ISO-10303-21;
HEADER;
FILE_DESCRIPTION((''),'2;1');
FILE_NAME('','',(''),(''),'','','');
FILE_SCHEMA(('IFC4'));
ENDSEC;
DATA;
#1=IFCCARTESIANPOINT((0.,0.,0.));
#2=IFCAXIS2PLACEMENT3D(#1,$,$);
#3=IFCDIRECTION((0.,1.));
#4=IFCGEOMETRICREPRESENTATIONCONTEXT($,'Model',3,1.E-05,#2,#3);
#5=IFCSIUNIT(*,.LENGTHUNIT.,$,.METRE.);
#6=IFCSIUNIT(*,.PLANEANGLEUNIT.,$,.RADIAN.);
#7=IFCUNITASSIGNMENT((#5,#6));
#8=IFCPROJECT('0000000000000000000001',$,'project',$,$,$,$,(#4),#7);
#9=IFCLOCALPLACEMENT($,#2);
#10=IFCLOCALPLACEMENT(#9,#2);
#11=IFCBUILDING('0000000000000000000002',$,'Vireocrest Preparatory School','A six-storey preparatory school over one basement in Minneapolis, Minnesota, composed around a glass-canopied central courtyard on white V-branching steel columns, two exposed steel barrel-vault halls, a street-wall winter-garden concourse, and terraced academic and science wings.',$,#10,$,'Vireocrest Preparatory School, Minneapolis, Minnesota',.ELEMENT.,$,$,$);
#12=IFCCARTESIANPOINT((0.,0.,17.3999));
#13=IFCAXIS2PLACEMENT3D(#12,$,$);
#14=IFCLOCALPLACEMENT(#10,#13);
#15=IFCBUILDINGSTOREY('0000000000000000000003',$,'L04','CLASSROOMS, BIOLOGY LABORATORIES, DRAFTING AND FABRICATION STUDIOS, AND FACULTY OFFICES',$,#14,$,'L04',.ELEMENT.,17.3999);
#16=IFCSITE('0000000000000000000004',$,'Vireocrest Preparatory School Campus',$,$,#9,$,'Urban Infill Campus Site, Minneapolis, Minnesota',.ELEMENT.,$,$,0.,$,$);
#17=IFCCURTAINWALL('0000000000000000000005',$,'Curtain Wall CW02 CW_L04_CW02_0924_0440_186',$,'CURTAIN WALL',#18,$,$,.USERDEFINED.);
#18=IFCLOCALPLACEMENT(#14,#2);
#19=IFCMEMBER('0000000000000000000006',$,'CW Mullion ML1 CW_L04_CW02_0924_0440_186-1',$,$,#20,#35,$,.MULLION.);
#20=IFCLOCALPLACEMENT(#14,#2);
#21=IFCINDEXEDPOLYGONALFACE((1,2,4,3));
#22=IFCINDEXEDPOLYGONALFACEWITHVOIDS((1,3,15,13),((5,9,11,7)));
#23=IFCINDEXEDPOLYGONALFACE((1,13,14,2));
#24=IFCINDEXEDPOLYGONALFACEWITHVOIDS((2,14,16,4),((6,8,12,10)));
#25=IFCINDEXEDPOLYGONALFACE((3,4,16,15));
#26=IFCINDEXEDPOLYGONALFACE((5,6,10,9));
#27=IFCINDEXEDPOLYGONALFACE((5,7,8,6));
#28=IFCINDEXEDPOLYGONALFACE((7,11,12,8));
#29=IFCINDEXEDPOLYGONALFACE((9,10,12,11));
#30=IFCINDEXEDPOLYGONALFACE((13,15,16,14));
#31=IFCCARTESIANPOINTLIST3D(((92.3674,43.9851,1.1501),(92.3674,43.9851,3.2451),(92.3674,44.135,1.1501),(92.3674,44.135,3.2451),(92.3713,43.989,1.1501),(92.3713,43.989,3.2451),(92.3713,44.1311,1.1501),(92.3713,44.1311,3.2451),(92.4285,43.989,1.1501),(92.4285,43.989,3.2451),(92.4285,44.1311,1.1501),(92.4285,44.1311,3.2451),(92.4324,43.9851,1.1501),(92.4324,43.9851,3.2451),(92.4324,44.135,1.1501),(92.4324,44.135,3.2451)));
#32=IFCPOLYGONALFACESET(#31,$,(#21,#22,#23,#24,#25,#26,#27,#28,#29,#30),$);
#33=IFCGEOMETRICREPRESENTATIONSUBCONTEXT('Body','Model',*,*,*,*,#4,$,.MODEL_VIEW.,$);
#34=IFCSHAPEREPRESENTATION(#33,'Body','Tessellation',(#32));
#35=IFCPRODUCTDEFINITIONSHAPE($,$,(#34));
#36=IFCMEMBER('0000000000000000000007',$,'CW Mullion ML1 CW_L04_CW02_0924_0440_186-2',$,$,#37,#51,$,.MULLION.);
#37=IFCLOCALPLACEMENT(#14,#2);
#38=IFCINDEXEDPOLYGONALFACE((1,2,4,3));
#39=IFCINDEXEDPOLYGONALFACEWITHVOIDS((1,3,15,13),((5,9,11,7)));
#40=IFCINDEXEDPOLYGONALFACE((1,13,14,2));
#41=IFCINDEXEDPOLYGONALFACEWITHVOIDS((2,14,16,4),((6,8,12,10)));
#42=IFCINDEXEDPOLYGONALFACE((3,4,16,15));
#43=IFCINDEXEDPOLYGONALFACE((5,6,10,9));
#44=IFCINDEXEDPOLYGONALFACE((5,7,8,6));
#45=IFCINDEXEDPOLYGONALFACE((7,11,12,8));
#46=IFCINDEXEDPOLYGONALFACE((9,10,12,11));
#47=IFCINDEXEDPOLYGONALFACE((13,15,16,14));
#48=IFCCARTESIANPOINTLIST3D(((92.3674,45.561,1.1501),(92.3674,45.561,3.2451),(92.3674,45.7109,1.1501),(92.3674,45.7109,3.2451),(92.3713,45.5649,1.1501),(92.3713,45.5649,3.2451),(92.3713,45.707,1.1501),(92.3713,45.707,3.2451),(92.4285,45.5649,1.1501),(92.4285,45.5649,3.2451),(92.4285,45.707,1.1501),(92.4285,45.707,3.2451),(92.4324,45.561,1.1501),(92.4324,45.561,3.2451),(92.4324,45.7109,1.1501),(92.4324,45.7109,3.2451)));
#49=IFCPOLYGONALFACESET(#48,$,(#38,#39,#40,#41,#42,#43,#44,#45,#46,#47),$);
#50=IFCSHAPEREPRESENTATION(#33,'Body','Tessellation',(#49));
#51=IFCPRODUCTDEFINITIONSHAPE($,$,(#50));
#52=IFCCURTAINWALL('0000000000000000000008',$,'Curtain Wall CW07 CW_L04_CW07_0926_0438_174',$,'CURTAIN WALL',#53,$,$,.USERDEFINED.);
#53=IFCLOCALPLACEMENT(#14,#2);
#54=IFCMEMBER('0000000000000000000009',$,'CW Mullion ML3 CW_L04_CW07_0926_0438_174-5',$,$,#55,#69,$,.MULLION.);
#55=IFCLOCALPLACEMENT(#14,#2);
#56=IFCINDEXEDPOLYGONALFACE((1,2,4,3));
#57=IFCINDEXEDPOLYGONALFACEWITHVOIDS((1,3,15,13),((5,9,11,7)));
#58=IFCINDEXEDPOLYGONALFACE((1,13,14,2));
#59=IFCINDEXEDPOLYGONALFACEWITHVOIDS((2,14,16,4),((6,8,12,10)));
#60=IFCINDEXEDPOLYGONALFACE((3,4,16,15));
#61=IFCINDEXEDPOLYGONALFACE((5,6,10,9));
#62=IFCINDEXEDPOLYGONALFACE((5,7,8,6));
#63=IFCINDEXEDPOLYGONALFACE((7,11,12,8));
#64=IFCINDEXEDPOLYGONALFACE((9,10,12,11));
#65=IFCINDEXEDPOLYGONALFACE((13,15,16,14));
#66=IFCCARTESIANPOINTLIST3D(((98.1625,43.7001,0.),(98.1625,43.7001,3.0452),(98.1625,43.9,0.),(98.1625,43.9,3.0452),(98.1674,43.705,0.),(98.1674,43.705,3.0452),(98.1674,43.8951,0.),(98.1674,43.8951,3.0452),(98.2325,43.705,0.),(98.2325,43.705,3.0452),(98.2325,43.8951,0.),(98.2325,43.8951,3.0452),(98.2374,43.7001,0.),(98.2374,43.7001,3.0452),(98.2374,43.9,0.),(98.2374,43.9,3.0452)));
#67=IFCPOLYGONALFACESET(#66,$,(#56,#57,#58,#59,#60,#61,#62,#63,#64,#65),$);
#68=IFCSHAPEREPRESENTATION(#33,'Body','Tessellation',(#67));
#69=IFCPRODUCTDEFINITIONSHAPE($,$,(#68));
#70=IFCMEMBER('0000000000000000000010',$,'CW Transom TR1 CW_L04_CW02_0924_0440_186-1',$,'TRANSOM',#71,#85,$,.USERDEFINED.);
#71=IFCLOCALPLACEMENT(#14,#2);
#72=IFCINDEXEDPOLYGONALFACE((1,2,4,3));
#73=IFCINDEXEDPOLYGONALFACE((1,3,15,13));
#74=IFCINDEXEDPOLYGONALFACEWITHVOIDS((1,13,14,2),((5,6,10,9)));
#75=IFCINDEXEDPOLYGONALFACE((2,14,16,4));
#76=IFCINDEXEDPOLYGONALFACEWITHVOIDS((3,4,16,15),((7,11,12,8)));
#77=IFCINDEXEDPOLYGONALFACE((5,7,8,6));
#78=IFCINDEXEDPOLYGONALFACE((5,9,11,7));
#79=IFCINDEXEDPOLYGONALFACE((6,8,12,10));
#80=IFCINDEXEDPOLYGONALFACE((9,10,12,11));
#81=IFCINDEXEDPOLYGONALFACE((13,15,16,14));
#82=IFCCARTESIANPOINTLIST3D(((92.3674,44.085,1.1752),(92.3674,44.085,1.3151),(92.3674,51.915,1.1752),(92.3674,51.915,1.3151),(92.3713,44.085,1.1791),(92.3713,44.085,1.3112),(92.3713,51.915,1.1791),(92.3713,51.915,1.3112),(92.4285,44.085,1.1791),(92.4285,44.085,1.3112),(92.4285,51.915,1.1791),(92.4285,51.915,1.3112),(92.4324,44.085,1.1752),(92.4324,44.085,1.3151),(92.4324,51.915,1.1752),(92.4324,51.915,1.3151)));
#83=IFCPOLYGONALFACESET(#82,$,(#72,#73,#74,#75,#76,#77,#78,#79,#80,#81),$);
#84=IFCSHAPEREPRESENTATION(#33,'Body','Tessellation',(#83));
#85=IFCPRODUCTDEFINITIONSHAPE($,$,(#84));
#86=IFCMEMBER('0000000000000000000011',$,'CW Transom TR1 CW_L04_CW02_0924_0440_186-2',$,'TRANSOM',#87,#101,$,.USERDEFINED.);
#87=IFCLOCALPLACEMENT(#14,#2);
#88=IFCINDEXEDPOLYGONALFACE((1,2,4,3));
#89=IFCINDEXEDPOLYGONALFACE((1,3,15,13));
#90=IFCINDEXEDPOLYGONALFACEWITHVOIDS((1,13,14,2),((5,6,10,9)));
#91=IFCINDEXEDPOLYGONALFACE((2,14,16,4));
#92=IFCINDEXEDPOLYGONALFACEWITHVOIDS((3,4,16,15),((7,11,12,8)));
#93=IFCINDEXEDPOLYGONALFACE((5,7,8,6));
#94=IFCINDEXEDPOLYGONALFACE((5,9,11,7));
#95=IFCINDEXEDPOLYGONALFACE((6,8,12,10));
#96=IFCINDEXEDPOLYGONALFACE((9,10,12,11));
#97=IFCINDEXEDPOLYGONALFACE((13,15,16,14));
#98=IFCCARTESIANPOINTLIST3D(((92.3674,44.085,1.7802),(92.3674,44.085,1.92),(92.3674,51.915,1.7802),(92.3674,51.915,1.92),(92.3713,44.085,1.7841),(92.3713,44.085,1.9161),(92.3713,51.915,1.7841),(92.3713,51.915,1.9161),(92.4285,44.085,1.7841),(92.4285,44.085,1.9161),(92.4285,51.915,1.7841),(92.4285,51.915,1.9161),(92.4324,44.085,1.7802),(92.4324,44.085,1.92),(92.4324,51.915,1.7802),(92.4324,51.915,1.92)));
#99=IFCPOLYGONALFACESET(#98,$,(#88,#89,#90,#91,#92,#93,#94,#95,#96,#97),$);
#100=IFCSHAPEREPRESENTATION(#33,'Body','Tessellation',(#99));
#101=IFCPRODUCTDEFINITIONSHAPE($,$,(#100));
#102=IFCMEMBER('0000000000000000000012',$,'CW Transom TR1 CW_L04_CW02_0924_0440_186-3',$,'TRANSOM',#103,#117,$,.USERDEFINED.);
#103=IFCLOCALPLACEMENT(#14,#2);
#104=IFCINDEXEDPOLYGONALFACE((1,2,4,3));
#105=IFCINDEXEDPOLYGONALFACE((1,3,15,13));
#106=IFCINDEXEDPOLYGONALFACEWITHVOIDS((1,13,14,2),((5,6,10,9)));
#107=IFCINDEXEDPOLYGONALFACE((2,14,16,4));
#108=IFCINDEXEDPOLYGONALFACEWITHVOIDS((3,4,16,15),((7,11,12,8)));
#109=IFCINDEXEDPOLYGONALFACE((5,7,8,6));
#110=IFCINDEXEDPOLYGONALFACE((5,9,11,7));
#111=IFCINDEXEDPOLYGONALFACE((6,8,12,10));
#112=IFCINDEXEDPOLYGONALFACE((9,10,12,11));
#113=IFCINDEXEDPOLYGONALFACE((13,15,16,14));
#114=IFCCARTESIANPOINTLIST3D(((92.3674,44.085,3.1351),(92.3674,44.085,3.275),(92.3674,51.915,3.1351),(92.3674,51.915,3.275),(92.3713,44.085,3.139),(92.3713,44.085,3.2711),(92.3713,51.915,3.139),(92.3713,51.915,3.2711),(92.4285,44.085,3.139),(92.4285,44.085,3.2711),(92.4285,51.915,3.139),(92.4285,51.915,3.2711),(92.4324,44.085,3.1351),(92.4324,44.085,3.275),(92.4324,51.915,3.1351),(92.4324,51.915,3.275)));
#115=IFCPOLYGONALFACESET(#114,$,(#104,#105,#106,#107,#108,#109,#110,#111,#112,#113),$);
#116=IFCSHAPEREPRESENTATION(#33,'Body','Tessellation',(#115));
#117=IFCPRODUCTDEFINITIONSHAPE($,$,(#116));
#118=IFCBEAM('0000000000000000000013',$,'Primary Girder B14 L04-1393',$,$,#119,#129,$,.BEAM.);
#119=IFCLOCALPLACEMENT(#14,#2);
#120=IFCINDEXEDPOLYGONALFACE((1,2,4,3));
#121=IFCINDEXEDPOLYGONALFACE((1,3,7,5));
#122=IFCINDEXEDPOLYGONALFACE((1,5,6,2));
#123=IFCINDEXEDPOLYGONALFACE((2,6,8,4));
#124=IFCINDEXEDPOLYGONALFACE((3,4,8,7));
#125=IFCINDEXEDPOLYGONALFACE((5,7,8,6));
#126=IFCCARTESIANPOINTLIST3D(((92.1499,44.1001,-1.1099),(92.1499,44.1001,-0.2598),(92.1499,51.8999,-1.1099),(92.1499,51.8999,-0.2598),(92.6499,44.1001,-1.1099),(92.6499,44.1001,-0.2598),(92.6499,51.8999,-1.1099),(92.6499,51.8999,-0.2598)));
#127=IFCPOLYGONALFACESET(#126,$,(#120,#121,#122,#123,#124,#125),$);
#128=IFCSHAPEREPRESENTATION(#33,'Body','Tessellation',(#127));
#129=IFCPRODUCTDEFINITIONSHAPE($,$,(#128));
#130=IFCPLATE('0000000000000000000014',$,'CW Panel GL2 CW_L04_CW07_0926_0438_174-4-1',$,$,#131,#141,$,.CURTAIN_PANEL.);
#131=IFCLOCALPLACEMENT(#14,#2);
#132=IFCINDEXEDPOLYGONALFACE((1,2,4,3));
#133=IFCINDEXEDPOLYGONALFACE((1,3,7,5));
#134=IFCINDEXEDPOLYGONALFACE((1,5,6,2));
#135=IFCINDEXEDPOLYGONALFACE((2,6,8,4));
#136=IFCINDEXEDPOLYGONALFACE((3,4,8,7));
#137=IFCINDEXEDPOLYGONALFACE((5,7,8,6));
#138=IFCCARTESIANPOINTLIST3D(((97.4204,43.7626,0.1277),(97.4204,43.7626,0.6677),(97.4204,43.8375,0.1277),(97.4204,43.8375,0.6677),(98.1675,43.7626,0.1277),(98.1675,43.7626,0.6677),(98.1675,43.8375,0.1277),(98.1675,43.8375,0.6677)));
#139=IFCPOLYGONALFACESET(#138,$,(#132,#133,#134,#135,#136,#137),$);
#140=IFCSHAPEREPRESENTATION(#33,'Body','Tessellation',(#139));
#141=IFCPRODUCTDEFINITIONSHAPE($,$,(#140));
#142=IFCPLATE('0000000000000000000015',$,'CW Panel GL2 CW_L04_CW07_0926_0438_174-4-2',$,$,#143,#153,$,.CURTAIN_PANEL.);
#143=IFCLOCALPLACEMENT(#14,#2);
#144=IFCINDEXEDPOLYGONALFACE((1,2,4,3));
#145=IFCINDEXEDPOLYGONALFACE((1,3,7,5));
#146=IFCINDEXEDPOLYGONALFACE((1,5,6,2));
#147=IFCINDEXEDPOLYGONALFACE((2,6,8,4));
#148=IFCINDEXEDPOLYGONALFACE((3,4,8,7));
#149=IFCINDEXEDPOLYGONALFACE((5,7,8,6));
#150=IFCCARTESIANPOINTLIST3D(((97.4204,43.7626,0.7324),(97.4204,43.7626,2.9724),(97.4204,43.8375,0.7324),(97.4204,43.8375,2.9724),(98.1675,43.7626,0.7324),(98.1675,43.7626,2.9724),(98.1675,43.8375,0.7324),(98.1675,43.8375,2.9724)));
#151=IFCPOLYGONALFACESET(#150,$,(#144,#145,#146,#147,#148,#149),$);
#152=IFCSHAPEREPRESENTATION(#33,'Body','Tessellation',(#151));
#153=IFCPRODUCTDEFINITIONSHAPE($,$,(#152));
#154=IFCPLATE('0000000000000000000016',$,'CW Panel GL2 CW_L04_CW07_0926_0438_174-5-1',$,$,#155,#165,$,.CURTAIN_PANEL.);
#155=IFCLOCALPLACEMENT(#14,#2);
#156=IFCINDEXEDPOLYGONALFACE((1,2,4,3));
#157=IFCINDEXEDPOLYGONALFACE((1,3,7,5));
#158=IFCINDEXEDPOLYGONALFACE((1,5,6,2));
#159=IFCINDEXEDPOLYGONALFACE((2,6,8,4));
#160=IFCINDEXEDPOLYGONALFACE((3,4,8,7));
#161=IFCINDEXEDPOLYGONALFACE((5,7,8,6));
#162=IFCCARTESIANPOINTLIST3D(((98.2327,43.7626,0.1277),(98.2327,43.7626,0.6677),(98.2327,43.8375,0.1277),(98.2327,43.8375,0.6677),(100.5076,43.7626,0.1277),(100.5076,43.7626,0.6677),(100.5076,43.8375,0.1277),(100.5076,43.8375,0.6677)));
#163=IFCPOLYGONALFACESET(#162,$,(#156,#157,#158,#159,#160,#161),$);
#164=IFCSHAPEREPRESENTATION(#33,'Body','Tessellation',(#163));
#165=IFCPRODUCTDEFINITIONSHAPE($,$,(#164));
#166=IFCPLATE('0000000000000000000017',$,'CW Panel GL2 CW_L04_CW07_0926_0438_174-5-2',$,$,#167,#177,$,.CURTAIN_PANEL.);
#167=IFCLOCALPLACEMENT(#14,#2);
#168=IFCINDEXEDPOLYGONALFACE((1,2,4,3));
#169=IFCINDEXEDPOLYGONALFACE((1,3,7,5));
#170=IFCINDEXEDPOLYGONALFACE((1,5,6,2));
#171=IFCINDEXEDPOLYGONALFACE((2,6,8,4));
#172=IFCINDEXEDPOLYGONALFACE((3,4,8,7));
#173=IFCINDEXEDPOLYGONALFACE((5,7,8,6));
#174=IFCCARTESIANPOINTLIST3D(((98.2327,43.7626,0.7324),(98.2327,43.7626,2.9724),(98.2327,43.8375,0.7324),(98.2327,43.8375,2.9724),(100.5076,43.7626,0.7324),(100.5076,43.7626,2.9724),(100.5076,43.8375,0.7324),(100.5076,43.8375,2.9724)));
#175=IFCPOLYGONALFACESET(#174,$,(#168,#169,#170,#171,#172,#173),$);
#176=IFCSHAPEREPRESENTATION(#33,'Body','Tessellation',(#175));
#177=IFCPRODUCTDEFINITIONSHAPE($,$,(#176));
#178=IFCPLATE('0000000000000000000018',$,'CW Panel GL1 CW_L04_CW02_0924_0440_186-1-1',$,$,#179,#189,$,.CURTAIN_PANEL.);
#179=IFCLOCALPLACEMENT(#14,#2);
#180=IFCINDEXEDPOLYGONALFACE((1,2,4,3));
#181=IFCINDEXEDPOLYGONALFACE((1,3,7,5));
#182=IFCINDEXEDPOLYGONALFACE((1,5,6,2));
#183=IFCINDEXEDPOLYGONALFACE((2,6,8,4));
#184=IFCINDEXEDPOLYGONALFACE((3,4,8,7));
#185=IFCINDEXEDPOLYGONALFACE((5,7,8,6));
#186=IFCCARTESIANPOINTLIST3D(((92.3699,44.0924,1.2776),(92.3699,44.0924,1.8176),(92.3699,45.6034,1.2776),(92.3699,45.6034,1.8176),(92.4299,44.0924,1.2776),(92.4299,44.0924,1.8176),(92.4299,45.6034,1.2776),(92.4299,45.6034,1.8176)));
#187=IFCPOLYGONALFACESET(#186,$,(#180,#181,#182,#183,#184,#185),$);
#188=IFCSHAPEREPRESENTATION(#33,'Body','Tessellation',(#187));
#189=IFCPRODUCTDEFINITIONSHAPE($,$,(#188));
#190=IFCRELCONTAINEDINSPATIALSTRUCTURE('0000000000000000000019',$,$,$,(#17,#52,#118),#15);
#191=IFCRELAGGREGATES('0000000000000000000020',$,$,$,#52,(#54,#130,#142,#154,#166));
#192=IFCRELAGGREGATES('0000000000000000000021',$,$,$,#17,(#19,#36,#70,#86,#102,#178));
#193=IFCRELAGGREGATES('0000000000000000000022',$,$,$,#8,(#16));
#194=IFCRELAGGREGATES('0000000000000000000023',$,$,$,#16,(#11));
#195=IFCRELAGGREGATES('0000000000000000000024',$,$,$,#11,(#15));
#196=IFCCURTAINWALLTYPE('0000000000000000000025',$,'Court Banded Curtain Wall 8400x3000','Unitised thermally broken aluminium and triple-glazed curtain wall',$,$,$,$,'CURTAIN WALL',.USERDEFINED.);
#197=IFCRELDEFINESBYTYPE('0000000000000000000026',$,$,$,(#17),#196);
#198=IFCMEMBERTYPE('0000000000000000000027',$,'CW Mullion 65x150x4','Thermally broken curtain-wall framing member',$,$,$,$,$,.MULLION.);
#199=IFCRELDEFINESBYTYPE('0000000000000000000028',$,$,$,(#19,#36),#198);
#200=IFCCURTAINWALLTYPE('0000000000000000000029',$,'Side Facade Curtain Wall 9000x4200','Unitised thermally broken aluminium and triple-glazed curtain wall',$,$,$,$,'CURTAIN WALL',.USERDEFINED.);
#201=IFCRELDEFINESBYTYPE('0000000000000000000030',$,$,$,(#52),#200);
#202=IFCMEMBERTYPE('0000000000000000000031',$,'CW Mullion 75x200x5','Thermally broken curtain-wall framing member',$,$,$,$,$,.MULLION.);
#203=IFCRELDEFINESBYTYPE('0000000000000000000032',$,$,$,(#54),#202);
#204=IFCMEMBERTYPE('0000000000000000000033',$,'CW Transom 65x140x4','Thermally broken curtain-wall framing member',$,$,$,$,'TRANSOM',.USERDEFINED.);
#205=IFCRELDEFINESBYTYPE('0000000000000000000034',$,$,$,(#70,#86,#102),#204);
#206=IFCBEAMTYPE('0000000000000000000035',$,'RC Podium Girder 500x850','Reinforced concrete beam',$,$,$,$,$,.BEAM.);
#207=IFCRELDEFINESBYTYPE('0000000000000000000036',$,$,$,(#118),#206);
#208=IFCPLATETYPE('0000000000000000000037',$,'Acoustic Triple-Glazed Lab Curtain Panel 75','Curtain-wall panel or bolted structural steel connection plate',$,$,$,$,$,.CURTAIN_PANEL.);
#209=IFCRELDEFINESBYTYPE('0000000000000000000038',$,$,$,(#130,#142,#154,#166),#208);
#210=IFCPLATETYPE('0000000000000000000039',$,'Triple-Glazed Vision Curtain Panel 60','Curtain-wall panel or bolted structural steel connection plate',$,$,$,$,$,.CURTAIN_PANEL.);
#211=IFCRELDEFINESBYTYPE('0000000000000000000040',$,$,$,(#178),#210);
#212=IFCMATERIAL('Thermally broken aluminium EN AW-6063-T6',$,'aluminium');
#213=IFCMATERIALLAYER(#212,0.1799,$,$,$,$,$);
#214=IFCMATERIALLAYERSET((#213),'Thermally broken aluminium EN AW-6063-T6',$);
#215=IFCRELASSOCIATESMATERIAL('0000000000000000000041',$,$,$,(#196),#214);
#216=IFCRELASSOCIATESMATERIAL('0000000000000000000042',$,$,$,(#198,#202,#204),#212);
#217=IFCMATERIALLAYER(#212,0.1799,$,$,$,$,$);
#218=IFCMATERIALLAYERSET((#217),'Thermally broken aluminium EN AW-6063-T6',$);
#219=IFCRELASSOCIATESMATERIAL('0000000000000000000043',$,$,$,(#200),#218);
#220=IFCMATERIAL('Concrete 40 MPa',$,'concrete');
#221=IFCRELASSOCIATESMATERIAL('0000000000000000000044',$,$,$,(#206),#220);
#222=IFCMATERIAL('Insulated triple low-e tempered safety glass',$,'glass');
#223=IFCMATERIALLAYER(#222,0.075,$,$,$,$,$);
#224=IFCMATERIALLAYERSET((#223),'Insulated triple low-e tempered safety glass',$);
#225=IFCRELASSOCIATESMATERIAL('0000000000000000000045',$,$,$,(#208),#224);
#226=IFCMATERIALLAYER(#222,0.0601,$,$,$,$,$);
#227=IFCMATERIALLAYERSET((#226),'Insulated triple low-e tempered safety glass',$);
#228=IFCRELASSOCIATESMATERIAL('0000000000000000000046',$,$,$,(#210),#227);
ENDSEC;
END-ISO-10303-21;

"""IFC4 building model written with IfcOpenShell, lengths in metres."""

from ifc_helpers import new_model, si_unit, direction, frame, origin, origin_2d, place, context, subcontext, project, spatial, rectangle, hollow_rectangle, extrude, material, layer, layer_set, material_profile, profile_set, type_object, element, aggregate, save


model = new_model("IFC4")

# Units and contexts
model_context = context("Model", 3, precision=1e-05, world=origin(), true_north=direction((0.0, 1.0)))
body_context = subcontext(model_context, "Body", "Model", "MODEL_VIEW")
ifc_project = project(units=[si_unit("LENGTHUNIT", "METRE"), si_unit("PLANEANGLEUNIT", "RADIAN")], contexts=[model_context])

# Site, building, storey
site_placement = place(None, origin())
site = spatial("IfcSite", under=ifc_project, at=site_placement, Name="Vireocrest Preparatory School Campus", LongName="Urban Infill Campus Site, Minneapolis, Minnesota", CompositionType="ELEMENT", RefElevation=0.0)
building_placement = place(site_placement, origin())
building = spatial("IfcBuilding", under=site, at=building_placement, Name="Vireocrest Preparatory School", Description="A six-storey preparatory school over one basement in Minneapolis, Minnesota, composed around a glass-canopied central courtyard on white V-branching steel columns, two exposed steel barrel-vault halls, a street-wall winter-garden concourse, and terraced academic and science wings.", LongName="Vireocrest Preparatory School, Minneapolis, Minnesota", CompositionType="ELEMENT")
storey_placement = place(building_placement, frame((0.0, 0.0, 17.3999)))
storey = spatial("IfcBuildingStorey", under=building, at=storey_placement, Name="L04", Description="CLASSROOMS, BIOLOGY LABORATORIES, DRAFTING AND FABRICATION STUDIOS, AND FACULTY OFFICES", LongName="L04", CompositionType="ELEMENT", Elevation=17.3999)

# Curtain wall, members
ifc_material_1 = material(Name="Thermally broken aluminium EN AW-6063-T6", Category="aluminium")
ifc_layer_1 = layer(ifc_material_1, 0.1799)
ifc_layer_set_1 = layer_set([ifc_layer_1], Name="Thermally broken aluminium EN AW-6063-T6")
curtain_wall_type_1 = type_object("IfcCurtainWallType", Name="Court Banded Curtain Wall 8400x3000", Description="Unitised thermally broken aluminium and triple-glazed curtain wall", ElementType="CURTAIN WALL", PredefinedType="USERDEFINED", material=ifc_layer_set_1)
curtain_wall_1_placement = place(storey_placement, origin())
curtain_wall_1 = element("IfcCurtainWall", 1, at=curtain_wall_1_placement, inside=storey, type_object=curtain_wall_type_1, Name="Curtain Wall CW02 CW_L04_CW02_0924_0440_186", ObjectType="CURTAIN WALL", PredefinedType="USERDEFINED")
ifc_material_profile_1 = material_profile(ifc_material_1, hollow_rectangle(XDim=0.0649, YDim=0.1499, WallThickness=0.0039, at=origin_2d()), Name="ALU 65x150x4")
ifc_profile_set_1 = profile_set([ifc_material_profile_1], Name="Thermally broken aluminium EN AW-6063-T6")
member_type_1 = type_object("IfcMemberType", Name="CW Mullion 65x150x4", Description="Thermally broken curtain-wall framing member", PredefinedType="MULLION", material=ifc_profile_set_1)
member_1_placement = place(storey_placement, frame((92.3999, 44.0601, 1.1501), z_axis=(0.0, 0.0, 1.0), x_axis=(1.0, 0.0, 0.0)))
member_1 = element("IfcMember", 2, at=member_1_placement, type_object=member_type_1, Name="CW Mullion ML1 CW_L04_CW02_0924_0440_186-1", PredefinedType="MULLION", context=body_context, shape_type="SweptSolid", body=[
    extrude(hollow_rectangle(XDim=0.0649, YDim=0.1499, WallThickness=0.0039, at=origin_2d()), origin(), (0.0, 0.0, 1.0), 2.095),
])
member_2_placement = place(storey_placement, frame((92.3999, 45.636, 1.1501), z_axis=(0.0, 0.0, 1.0), x_axis=(1.0, 0.0, 0.0)))
member_2 = element("IfcMember", 3, at=member_2_placement, type_object=member_type_1, Name="CW Mullion ML1 CW_L04_CW02_0924_0440_186-2", PredefinedType="MULLION", context=body_context, shape_type="SweptSolid", body=[
    extrude(hollow_rectangle(XDim=0.0649, YDim=0.1499, WallThickness=0.0039, at=origin_2d()), origin(), (0.0, 0.0, 1.0), 2.095),
])

# Curtain wall, member
ifc_layer_2 = layer(ifc_material_1, 0.1799)
ifc_layer_set_2 = layer_set([ifc_layer_2], Name="Thermally broken aluminium EN AW-6063-T6")
curtain_wall_type_2 = type_object("IfcCurtainWallType", Name="Side Facade Curtain Wall 9000x4200", Description="Unitised thermally broken aluminium and triple-glazed curtain wall", ElementType="CURTAIN WALL", PredefinedType="USERDEFINED", material=ifc_layer_set_2)
curtain_wall_2_placement = place(storey_placement, origin())
curtain_wall_2 = element("IfcCurtainWall", 4, at=curtain_wall_2_placement, inside=storey, type_object=curtain_wall_type_2, Name="Curtain Wall CW07 CW_L04_CW07_0926_0438_174", ObjectType="CURTAIN WALL", PredefinedType="USERDEFINED")
ifc_material_profile_2 = material_profile(ifc_material_1, hollow_rectangle(XDim=0.075, YDim=0.2, WallThickness=0.0049, at=origin_2d()), Name="ALU 75x200x5")
ifc_profile_set_2 = profile_set([ifc_material_profile_2], Name="Thermally broken aluminium EN AW-6063-T6")
member_type_2 = type_object("IfcMemberType", Name="CW Mullion 75x200x5", Description="Thermally broken curtain-wall framing member", PredefinedType="MULLION", material=ifc_profile_set_2)
member_3_placement = place(storey_placement, frame((98.2, 43.8, 0.0), z_axis=(0.0, 0.0, 1.0), x_axis=(1.0, 0.0, 0.0)))
member_3 = element("IfcMember", 5, at=member_3_placement, type_object=member_type_2, Name="CW Mullion ML3 CW_L04_CW07_0926_0438_174-5", PredefinedType="MULLION", context=body_context, shape_type="SweptSolid", body=[
    extrude(hollow_rectangle(XDim=0.075, YDim=0.2, WallThickness=0.0049, at=origin_2d()), origin(), (0.0, 0.0, 1.0), 3.0452),
])

# Members
ifc_material_profile_3 = material_profile(ifc_material_1, hollow_rectangle(XDim=0.0649, YDim=0.1399, WallThickness=0.0039, at=origin_2d()), Name="ALU 65x140x4")
ifc_profile_set_3 = profile_set([ifc_material_profile_3], Name="Thermally broken aluminium EN AW-6063-T6")
member_type_3 = type_object("IfcMemberType", Name="CW Transom 65x140x4", Description="Thermally broken curtain-wall framing member", ElementType="TRANSOM", PredefinedType="USERDEFINED", material=ifc_profile_set_3)
member_4_placement = place(storey_placement, frame((92.3999, 44.085, 1.2451), z_axis=(0.0, 1.0, 0.0), x_axis=(-1.0, 0.0, 0.0)))
member_4 = element("IfcMember", 6, at=member_4_placement, type_object=member_type_3, Name="CW Transom TR1 CW_L04_CW02_0924_0440_186-1", ObjectType="TRANSOM", PredefinedType="USERDEFINED", context=body_context, shape_type="SweptSolid", body=[
    extrude(hollow_rectangle(XDim=0.0649, YDim=0.1399, WallThickness=0.0039, at=origin_2d()), origin(), (0.0, 0.0, 1.0), 7.8301),
])
member_5_placement = place(storey_placement, frame((92.3999, 44.085, 1.8501), z_axis=(0.0, 1.0, 0.0), x_axis=(-1.0, 0.0, 0.0)))
member_5 = element("IfcMember", 7, at=member_5_placement, type_object=member_type_3, Name="CW Transom TR1 CW_L04_CW02_0924_0440_186-2", ObjectType="TRANSOM", PredefinedType="USERDEFINED", context=body_context, shape_type="SweptSolid", body=[
    extrude(hollow_rectangle(XDim=0.0649, YDim=0.1399, WallThickness=0.0039, at=origin_2d()), origin(), (0.0, 0.0, 1.0), 7.8301),
])
member_6_placement = place(storey_placement, frame((92.3999, 44.085, 3.2051), z_axis=(0.0, 1.0, 0.0), x_axis=(-1.0, 0.0, 0.0)))
member_6 = element("IfcMember", 8, at=member_6_placement, type_object=member_type_3, Name="CW Transom TR1 CW_L04_CW02_0924_0440_186-3", ObjectType="TRANSOM", PredefinedType="USERDEFINED", context=body_context, shape_type="SweptSolid", body=[
    extrude(hollow_rectangle(XDim=0.0649, YDim=0.1399, WallThickness=0.0039, at=origin_2d()), origin(), (0.0, 0.0, 1.0), 7.8301),
])

# Beam
ifc_material_2 = material(Name="Concrete 40 MPa", Category="concrete")
ifc_material_profile_4 = material_profile(ifc_material_2, rectangle(XDim=0.5, YDim=0.8501, at=origin_2d()), Name="RC 500x850")
ifc_profile_set_4 = profile_set([ifc_material_profile_4], Name="Concrete 40 MPa")
beam_type = type_object("IfcBeamType", Name="RC Podium Girder 500x850", Description="Reinforced concrete beam", PredefinedType="BEAM", material=ifc_profile_set_4)
beam_placement = place(storey_placement, frame((92.3999, 44.1001, -0.6848), z_axis=(0.0, 1.0, 0.0), x_axis=(-1.0, 0.0, 0.0)))
element("IfcBeam", 9, at=beam_placement, inside=storey, type_object=beam_type, Name="Primary Girder B14 L04-1393", PredefinedType="BEAM", context=body_context, shape_type="SweptSolid", body=[
    extrude(rectangle(XDim=0.5, YDim=0.8501, at=origin_2d()), origin(), (0.0, 0.0, 1.0), 7.7998),
])

# Plates
ifc_material_3 = material(Name="Insulated triple low-e tempered safety glass", Category="glass")
ifc_layer_3 = layer(ifc_material_3, 0.075)
ifc_layer_set_3 = layer_set([ifc_layer_3], Name="Insulated triple low-e tempered safety glass")
plate_type_1 = type_object("IfcPlateType", Name="Acoustic Triple-Glazed Lab Curtain Panel 75", Description="Curtain-wall panel or bolted structural steel connection plate", PredefinedType="CURTAIN_PANEL", material=ifc_layer_set_3)
plate_1_placement = place(storey_placement, frame((97.7939, 43.8, 0.1277), z_axis=(0.0, 0.0, 1.0), x_axis=(1.0, 0.0, 0.0)))
plate_1 = element("IfcPlate", 10, at=plate_1_placement, type_object=plate_type_1, Name="CW Panel GL2 CW_L04_CW07_0926_0438_174-4-1", PredefinedType="CURTAIN_PANEL", context=body_context, shape_type="SweptSolid", body=[
    extrude(rectangle(XDim=0.7471, YDim=0.075, at=origin_2d()), origin(), (0.0, 0.0, 1.0), 0.54),
])
plate_2_placement = place(storey_placement, frame((97.7939, 43.8, 0.7324), z_axis=(0.0, 0.0, 1.0), x_axis=(1.0, 0.0, 0.0)))
plate_2 = element("IfcPlate", 11, at=plate_2_placement, type_object=plate_type_1, Name="CW Panel GL2 CW_L04_CW07_0926_0438_174-4-2", PredefinedType="CURTAIN_PANEL", context=body_context, shape_type="SweptSolid", body=[
    extrude(rectangle(XDim=0.7471, YDim=0.075, at=origin_2d()), origin(), (0.0, 0.0, 1.0), 2.24),
])
plate_3_placement = place(storey_placement, frame((99.3701, 43.8, 0.1277), z_axis=(0.0, 0.0, 1.0), x_axis=(1.0, 0.0, 0.0)))
plate_3 = element("IfcPlate", 12, at=plate_3_placement, type_object=plate_type_1, Name="CW Panel GL2 CW_L04_CW07_0926_0438_174-5-1", PredefinedType="CURTAIN_PANEL", context=body_context, shape_type="SweptSolid", body=[
    extrude(rectangle(XDim=2.2749, YDim=0.075, at=origin_2d()), origin(), (0.0, 0.0, 1.0), 0.54),
])
plate_4_placement = place(storey_placement, frame((99.3701, 43.8, 0.7324), z_axis=(0.0, 0.0, 1.0), x_axis=(1.0, 0.0, 0.0)))
plate_4 = element("IfcPlate", 13, at=plate_4_placement, type_object=plate_type_1, Name="CW Panel GL2 CW_L04_CW07_0926_0438_174-5-2", PredefinedType="CURTAIN_PANEL", context=body_context, shape_type="SweptSolid", body=[
    extrude(rectangle(XDim=2.2749, YDim=0.075, at=origin_2d()), origin(), (0.0, 0.0, 1.0), 2.24),
])
aggregate(curtain_wall_2, [member_3, plate_1, plate_2, plate_3, plate_4])
ifc_layer_4 = layer(ifc_material_3, 0.0601)
ifc_layer_set_4 = layer_set([ifc_layer_4], Name="Insulated triple low-e tempered safety glass")
plate_type_2 = type_object("IfcPlateType", Name="Triple-Glazed Vision Curtain Panel 60", Description="Curtain-wall panel or bolted structural steel connection plate", PredefinedType="CURTAIN_PANEL", material=ifc_layer_set_4)
plate_5_placement = place(storey_placement, frame((92.3999, 44.8479, 1.2776), z_axis=(0.0, 0.0, 1.0), x_axis=(0.0, 1.0, 0.0)))
plate_5 = element("IfcPlate", 14, at=plate_5_placement, type_object=plate_type_2, Name="CW Panel GL1 CW_L04_CW02_0924_0440_186-1-1", PredefinedType="CURTAIN_PANEL", context=body_context, shape_type="SweptSolid", body=[
    extrude(rectangle(XDim=1.511, YDim=0.0601, at=origin_2d()), origin(), (0.0, 0.0, 1.0), 0.54),
])
aggregate(curtain_wall_1, [member_1, member_2, member_4, member_5, member_6, plate_5])

save(model, "model.ifc")
